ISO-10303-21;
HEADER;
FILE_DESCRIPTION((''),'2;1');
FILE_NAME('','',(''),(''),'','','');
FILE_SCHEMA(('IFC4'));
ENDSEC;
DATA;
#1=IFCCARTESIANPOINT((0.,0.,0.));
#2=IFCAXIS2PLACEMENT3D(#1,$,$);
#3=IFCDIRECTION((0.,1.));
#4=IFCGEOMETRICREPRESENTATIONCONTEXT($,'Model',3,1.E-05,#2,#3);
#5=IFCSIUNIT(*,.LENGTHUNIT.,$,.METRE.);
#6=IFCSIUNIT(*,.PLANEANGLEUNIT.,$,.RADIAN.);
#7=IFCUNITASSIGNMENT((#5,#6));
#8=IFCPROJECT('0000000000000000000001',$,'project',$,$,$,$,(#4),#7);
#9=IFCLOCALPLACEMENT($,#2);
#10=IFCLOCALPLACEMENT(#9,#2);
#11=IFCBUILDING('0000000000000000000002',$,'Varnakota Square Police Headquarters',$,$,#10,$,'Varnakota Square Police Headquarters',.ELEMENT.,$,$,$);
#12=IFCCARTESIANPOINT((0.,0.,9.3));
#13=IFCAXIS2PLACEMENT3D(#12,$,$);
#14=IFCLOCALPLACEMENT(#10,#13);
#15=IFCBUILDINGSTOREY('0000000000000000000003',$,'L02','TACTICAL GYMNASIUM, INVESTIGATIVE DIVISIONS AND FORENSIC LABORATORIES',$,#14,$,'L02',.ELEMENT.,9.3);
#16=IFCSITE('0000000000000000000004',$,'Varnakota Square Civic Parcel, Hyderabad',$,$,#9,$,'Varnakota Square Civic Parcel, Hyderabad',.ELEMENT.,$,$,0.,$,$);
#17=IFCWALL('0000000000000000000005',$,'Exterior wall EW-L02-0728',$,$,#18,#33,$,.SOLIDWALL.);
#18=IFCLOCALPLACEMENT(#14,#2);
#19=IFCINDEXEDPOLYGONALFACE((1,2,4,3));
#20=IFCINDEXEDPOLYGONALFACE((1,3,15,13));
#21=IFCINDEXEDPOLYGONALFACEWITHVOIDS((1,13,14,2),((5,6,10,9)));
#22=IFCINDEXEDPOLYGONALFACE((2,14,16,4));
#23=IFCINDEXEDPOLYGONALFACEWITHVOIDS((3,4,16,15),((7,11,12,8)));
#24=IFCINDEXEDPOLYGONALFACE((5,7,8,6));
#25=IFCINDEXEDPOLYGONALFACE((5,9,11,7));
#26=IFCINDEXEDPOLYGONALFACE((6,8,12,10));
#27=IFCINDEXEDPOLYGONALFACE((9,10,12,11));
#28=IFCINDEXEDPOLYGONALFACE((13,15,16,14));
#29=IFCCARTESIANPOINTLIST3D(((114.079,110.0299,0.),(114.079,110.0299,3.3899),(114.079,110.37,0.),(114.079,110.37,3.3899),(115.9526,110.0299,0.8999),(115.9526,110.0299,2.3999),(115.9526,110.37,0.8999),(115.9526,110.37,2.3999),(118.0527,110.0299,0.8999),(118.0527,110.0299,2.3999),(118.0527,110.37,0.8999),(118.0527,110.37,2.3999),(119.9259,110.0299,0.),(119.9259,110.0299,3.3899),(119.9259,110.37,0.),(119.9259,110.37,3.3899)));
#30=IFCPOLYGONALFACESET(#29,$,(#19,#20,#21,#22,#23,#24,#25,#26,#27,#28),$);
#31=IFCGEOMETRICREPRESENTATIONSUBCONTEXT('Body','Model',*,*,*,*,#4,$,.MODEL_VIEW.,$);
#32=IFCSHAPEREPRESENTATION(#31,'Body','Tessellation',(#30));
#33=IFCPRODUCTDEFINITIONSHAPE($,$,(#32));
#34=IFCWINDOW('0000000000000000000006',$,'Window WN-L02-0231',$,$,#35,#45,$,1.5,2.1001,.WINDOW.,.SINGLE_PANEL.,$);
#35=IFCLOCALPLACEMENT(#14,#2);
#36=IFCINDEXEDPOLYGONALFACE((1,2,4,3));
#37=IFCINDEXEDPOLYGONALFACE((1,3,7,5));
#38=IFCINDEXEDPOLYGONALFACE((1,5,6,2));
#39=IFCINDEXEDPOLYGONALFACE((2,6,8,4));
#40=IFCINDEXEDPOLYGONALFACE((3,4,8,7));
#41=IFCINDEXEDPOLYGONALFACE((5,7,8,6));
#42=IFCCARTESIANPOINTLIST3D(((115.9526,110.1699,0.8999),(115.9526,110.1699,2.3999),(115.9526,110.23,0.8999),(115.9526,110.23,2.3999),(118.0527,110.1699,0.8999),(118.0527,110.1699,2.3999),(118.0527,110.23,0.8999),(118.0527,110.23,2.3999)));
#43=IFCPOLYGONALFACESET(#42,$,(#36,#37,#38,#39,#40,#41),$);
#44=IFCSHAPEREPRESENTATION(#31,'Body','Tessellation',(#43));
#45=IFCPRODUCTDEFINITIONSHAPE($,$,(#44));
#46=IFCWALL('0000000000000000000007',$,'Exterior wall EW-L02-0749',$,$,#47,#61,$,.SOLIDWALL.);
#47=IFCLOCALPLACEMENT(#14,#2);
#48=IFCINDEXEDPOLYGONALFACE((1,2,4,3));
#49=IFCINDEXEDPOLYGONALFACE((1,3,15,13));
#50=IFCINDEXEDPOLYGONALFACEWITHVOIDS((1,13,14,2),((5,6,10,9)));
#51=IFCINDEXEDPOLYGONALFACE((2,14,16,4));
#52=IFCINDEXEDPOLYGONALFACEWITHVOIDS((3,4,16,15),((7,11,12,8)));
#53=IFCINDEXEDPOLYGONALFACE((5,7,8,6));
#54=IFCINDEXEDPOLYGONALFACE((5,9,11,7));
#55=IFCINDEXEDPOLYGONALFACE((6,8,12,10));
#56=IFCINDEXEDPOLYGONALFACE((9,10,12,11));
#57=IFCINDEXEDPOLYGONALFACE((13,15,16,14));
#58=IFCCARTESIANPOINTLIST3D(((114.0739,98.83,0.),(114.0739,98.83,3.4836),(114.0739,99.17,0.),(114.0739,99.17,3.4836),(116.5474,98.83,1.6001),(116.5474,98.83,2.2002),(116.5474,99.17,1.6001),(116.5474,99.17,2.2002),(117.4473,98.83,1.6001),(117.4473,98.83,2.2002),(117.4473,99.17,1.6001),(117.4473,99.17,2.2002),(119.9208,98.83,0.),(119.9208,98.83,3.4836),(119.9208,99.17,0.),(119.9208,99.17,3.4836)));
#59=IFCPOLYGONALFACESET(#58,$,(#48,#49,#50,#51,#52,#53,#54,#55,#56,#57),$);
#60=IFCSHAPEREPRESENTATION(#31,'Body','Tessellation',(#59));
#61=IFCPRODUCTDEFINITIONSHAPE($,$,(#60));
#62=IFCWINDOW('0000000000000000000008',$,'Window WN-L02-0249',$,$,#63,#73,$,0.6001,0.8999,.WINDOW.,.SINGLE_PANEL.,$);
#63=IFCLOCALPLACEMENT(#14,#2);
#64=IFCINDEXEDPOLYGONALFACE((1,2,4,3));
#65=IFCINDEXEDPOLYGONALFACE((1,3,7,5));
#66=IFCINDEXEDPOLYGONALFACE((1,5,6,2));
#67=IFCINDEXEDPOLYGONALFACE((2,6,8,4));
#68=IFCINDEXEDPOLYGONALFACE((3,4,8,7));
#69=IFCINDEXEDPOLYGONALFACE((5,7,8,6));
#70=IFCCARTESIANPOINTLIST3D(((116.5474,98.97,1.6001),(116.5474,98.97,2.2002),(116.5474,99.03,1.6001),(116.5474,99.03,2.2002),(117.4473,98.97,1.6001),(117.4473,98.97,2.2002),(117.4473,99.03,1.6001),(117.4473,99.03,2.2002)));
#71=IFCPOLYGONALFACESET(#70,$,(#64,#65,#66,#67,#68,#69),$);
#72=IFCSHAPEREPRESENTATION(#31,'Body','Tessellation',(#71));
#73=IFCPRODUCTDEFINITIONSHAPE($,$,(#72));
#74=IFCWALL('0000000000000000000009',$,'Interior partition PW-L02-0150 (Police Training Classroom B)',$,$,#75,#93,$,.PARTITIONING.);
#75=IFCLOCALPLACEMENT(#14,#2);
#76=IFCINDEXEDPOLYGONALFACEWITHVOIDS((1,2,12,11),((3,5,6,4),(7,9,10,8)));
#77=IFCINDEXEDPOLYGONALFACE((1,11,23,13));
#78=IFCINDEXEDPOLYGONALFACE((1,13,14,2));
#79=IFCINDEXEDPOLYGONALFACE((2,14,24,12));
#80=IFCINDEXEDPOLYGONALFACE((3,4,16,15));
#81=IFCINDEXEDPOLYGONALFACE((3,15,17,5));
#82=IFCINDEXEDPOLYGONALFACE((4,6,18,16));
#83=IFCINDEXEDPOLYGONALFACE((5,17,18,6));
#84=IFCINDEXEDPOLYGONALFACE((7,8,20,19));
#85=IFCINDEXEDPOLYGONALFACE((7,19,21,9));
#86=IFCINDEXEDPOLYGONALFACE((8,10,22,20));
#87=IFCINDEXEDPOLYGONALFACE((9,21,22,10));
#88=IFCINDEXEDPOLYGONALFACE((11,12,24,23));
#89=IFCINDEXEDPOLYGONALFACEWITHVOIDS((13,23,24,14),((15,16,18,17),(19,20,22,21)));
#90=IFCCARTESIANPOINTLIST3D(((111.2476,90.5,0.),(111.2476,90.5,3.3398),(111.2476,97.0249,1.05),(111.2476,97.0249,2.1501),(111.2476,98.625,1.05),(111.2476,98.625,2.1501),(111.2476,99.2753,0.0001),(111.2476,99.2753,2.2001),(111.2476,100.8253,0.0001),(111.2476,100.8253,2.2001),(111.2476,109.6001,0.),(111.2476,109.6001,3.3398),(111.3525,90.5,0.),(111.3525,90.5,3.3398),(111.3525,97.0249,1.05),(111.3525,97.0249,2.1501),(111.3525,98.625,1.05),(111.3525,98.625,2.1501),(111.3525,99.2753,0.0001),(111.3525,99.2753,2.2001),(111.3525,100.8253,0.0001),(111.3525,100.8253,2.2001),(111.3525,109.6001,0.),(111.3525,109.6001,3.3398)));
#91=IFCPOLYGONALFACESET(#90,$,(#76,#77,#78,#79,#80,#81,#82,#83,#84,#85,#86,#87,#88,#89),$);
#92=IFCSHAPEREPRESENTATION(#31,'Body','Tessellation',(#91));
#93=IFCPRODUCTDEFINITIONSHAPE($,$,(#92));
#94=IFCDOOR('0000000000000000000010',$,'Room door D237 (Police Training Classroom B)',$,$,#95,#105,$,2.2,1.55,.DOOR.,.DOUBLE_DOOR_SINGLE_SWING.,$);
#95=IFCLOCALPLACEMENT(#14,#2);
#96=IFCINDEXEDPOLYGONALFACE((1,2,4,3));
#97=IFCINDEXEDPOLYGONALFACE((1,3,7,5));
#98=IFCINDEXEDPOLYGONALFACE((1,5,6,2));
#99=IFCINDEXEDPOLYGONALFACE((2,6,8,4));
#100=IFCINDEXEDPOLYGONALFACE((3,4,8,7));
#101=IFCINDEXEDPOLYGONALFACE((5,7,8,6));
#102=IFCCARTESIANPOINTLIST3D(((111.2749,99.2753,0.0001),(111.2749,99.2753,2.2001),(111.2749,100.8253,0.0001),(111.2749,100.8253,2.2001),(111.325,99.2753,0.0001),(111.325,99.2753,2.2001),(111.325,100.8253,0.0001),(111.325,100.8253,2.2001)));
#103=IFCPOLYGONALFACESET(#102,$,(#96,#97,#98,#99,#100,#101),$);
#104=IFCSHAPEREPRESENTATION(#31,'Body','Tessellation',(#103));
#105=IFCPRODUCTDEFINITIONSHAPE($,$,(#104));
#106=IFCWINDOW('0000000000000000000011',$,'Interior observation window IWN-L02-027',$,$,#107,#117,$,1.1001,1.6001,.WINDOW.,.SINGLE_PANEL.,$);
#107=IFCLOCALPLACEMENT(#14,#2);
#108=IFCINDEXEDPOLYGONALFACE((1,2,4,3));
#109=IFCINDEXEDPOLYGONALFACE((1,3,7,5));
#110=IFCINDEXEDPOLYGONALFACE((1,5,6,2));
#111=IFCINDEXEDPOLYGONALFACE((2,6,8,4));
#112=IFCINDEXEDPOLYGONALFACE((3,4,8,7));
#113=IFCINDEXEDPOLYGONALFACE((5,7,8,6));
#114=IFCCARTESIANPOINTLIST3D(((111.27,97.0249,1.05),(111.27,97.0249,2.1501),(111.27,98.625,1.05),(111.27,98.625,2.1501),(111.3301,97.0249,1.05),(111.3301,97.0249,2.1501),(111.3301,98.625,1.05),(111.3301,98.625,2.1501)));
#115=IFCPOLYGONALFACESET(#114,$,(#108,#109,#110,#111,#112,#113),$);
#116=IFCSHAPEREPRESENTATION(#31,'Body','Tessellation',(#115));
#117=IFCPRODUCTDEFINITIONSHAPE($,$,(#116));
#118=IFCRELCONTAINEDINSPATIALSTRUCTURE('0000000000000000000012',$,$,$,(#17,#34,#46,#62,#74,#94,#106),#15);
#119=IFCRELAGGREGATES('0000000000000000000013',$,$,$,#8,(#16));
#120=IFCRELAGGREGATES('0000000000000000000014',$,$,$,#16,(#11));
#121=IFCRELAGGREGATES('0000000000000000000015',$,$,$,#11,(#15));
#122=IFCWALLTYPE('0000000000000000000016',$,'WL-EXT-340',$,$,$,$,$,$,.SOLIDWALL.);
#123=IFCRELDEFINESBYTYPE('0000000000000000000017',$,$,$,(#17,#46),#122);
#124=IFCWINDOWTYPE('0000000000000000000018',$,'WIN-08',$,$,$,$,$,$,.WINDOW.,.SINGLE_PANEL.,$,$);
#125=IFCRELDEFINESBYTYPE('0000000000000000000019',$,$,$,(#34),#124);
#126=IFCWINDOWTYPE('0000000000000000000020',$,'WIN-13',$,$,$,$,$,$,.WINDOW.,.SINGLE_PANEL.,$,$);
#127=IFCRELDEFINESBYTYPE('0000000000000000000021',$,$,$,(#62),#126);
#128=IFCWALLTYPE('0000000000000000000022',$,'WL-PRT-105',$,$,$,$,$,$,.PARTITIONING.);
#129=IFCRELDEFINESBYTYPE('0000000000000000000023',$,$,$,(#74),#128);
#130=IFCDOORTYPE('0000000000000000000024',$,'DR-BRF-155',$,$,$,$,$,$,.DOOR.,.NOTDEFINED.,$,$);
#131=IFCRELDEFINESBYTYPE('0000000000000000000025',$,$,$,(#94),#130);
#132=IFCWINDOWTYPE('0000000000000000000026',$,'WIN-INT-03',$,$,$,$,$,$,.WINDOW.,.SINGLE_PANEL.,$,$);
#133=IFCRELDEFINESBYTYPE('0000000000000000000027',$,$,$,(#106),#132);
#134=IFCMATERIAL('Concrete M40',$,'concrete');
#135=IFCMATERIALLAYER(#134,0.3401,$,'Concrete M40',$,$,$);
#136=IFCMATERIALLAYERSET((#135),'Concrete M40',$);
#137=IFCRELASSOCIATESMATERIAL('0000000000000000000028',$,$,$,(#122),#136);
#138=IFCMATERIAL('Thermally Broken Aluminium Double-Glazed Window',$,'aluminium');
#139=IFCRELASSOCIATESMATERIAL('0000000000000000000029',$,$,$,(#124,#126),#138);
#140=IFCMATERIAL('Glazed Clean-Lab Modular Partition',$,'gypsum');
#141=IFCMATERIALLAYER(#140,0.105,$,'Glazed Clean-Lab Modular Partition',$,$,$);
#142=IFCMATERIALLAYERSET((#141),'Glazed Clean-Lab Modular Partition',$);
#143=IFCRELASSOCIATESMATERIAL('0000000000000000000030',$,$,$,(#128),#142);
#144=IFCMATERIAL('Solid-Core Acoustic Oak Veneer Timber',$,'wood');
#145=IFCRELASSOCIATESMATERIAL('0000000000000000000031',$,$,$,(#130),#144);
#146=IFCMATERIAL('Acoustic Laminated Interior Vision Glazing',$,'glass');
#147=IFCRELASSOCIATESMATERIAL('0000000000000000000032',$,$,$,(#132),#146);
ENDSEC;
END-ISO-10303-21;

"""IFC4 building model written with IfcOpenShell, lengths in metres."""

from ifc_helpers import new_model, si_unit, direction, frame, frame_2d, origin, place, context, subcontext, project, spatial, rectangle, extrude, material, layer, layer_set, type_object, element, fill, save


model = new_model("IFC4")

# Units and contexts
model_context = context("Model", 3, precision=1e-05, world=origin(), true_north=direction((0.0, 1.0)))
body_context = subcontext(model_context, "Body", "Model", "MODEL_VIEW")
ifc_project = project(units=[si_unit("LENGTHUNIT", "METRE"), si_unit("PLANEANGLEUNIT", "RADIAN")], contexts=[model_context])

# Site, building, storey
site_placement = place(None, origin())
site = spatial("IfcSite", under=ifc_project, at=site_placement, Name="Varnakota Square Civic Parcel, Hyderabad", LongName="Varnakota Square Civic Parcel, Hyderabad", CompositionType="ELEMENT", RefElevation=0.0)
building_placement = place(site_placement, origin())
building = spatial("IfcBuilding", under=site, at=building_placement, Name="Varnakota Square Police Headquarters", LongName="Varnakota Square Police Headquarters", CompositionType="ELEMENT")
storey_placement = place(building_placement, frame((0.0, 0.0, 9.3)))
storey = spatial("IfcBuildingStorey", under=building, at=storey_placement, Name="L02", Description="TACTICAL GYMNASIUM, INVESTIGATIVE DIVISIONS AND FORENSIC LABORATORIES", LongName="L02", CompositionType="ELEMENT", Elevation=9.3)

# Walls, openings, windows
ifc_material_1 = material(Name="Concrete M40", Category="concrete")
ifc_layer_1 = layer(ifc_material_1, 0.3401, Name="Concrete M40")
ifc_layer_set_1 = layer_set([ifc_layer_1], Name="Concrete M40")
wall_type_1 = type_object("IfcWallType", Name="WL-EXT-340", PredefinedType="SOLIDWALL", material=ifc_layer_set_1)
ifc_material_2 = material(Name="Thermally Broken Aluminium Double-Glazed Window", Category="aluminium")
window_type_1 = type_object("IfcWindowType", Name="WIN-08", PartitioningType="SINGLE_PANEL", PredefinedType="WINDOW", material=ifc_material_2)
wall_1_placement = place(storey_placement, frame((114.0791, 110.2, 0.0), z_axis=(0.0, 0.0, 1.0), x_axis=(1.0, 0.0, 0.0)))
wall_1 = element("IfcWall", 1, at=wall_1_placement, inside=storey, type_object=wall_type_1, Name="Exterior wall EW-L02-0728", PredefinedType="SOLIDWALL", context=body_context, shape_type="SweptSolid", body=[
    extrude(rectangle(XDim=5.8469, YDim=0.3401, at=frame_2d((2.9233, 0.0))), origin(), (0.0, 0.0, 1.0), 3.3899),
])
opening_1_placement = place(wall_1_placement, frame((1.8735, 0.0, 0.8999)))
opening_1 = element("IfcOpeningElement", 2, at=opening_1_placement, cuts=wall_1, PredefinedType="OPENING", context=body_context, shape_type="SweptSolid", body=[
    extrude(rectangle(XDim=2.1001, YDim=1.5, at=frame_2d((1.05, 0.75))), frame((0.0, 0.1799, 0.0), z_axis=(0.0, -1.0, 0.0), x_axis=(1.0, 0.0, 0.0)), (0.0, 0.0, 1.0), 0.3601),
])
window_1_placement = place(opening_1_placement, origin())
window_1 = element("IfcWindow", 3, at=window_1_placement, inside=storey, type_object=window_type_1, Name="Window WN-L02-0231", OverallHeight=1.5, OverallWidth=2.1001, PartitioningType="SINGLE_PANEL", PredefinedType="WINDOW", context=body_context, shape_type="SweptSolid", body=[
    extrude(rectangle(XDim=2.1001, YDim=1.5, at=frame_2d((1.05, 0.75))), frame((0.0, 0.03, 0.0), z_axis=(0.0, -1.0, 0.0), x_axis=(1.0, 0.0, 0.0)), (0.0, 0.0, 1.0), 0.0601),
])
fill(opening_1, window_1)
wall_2_placement = place(storey_placement, frame((114.074, 99.0, 0.0), z_axis=(0.0, 0.0, 1.0), x_axis=(1.0, 0.0, 0.0)))
wall_2 = element("IfcWall", 4, at=wall_2_placement, inside=storey, type_object=wall_type_1, Name="Exterior wall EW-L02-0749", PredefinedType="SOLIDWALL", context=body_context, shape_type="SweptSolid", body=[
    extrude(rectangle(XDim=5.8469, YDim=0.3401, at=frame_2d((2.9233, 0.0))), origin(), (0.0, 0.0, 1.0), 3.4836),
])
opening_2_placement = place(wall_2_placement, frame((2.4734, 0.0, 1.6001)))
opening_2 = element("IfcOpeningElement", 5, at=opening_2_placement, cuts=wall_2, PredefinedType="OPENING", context=body_context, shape_type="SweptSolid", body=[
    extrude(rectangle(XDim=0.8999, YDim=0.6001, at=frame_2d((0.45, 0.3))), frame((0.0, 0.1799, 0.0), z_axis=(0.0, -1.0, 0.0), x_axis=(1.0, 0.0, 0.0)), (0.0, 0.0, 1.0), 0.3601),
])
window_type_2 = type_object("IfcWindowType", Name="WIN-13", PartitioningType="SINGLE_PANEL", PredefinedType="WINDOW", material=ifc_material_2)
window_2_placement = place(opening_2_placement, origin())
window_2 = element("IfcWindow", 6, at=window_2_placement, inside=storey, type_object=window_type_2, Name="Window WN-L02-0249", OverallHeight=0.6001, OverallWidth=0.8999, PartitioningType="SINGLE_PANEL", PredefinedType="WINDOW", context=body_context, shape_type="SweptSolid", body=[
    extrude(rectangle(XDim=0.8999, YDim=0.6001, at=frame_2d((0.45, 0.3))), frame((0.0, 0.03, 0.0), z_axis=(0.0, -1.0, 0.0), x_axis=(1.0, 0.0, 0.0)), (0.0, 0.0, 1.0), 0.0601),
])
fill(opening_2, window_2)

# Wall, openings, door, window
ifc_material_3 = material(Name="Glazed Clean-Lab Modular Partition", Category="gypsum")
ifc_layer_2 = layer(ifc_material_3, 0.105, Name="Glazed Clean-Lab Modular Partition")
ifc_layer_set_2 = layer_set([ifc_layer_2], Name="Glazed Clean-Lab Modular Partition")
wall_type_2 = type_object("IfcWallType", Name="WL-PRT-105", PredefinedType="PARTITIONING", material=ifc_layer_set_2)
wall_3_placement = place(storey_placement, frame((111.3, 109.6001, 0.0), z_axis=(0.0, 0.0, 1.0), x_axis=(0.0, -1.0, 0.0)))
wall_3 = element("IfcWall", 7, at=wall_3_placement, inside=storey, type_object=wall_type_2, Name="Interior partition PW-L02-0150 (Police Training Classroom B)", PredefinedType="PARTITIONING", context=body_context, shape_type="SweptSolid", body=[
    extrude(rectangle(XDim=19.1001, YDim=0.105, at=frame_2d((9.55, 0.0))), origin(), (0.0, 0.0, 1.0), 3.3398),
])
opening_3_placement = place(wall_3_placement, frame((8.7749, 0.0, 0.0)))
opening_3 = element("IfcOpeningElement", 8, at=opening_3_placement, cuts=wall_3, PredefinedType="OPENING", context=body_context, shape_type="SweptSolid", body=[
    extrude(rectangle(XDim=1.55, YDim=2.2, at=frame_2d((0.7749, 1.1001))), frame((0.0, 0.0625, 0.0), z_axis=(0.0, -1.0, 0.0), x_axis=(1.0, 0.0, 0.0)), (0.0, 0.0, 1.0), 0.125),
])
opening_4_placement = place(wall_3_placement, frame((10.9751, 0.0, 1.05)))
opening_4 = element("IfcOpeningElement", 9, at=opening_4_placement, cuts=wall_3, PredefinedType="OPENING", context=body_context, shape_type="SweptSolid", body=[
    extrude(rectangle(XDim=1.6001, YDim=1.1001, at=frame_2d((0.8, 0.55))), frame((0.0, 0.0625, 0.0), z_axis=(0.0, -1.0, 0.0), x_axis=(1.0, 0.0, 0.0)), (0.0, 0.0, 1.0), 0.125),
])
ifc_material_4 = material(Name="Solid-Core Acoustic Oak Veneer Timber", Category="wood")
door_type = type_object("IfcDoorType", Name="DR-BRF-155", OperationType="NOTDEFINED", PredefinedType="DOOR", material=ifc_material_4)
door_placement = place(opening_3_placement, origin())
door = element("IfcDoor", 10, at=door_placement, inside=storey, type_object=door_type, Name="Room door D237 (Police Training Classroom B)", OperationType="DOUBLE_DOOR_SINGLE_SWING", OverallHeight=2.2, OverallWidth=1.55, PredefinedType="DOOR", context=body_context, shape_type="SweptSolid", body=[
    extrude(rectangle(XDim=1.55, YDim=2.2, at=frame_2d((0.7749, 1.1001))), frame((0.0, 0.0249, 0.0), z_axis=(0.0, -1.0, 0.0), x_axis=(1.0, 0.0, 0.0)), (0.0, 0.0, 1.0), 0.05),
])
fill(opening_3, door)
ifc_material_5 = material(Name="Acoustic Laminated Interior Vision Glazing", Category="glass")
window_type_3 = type_object("IfcWindowType", Name="WIN-INT-03", PartitioningType="SINGLE_PANEL", PredefinedType="WINDOW", material=ifc_material_5)
window_3_placement = place(opening_4_placement, origin())
window_3 = element("IfcWindow", 11, at=window_3_placement, inside=storey, type_object=window_type_3, Name="Interior observation window IWN-L02-027", OverallHeight=1.1001, OverallWidth=1.6001, PartitioningType="SINGLE_PANEL", PredefinedType="WINDOW", context=body_context, shape_type="SweptSolid", body=[
    extrude(rectangle(XDim=1.6001, YDim=1.1001, at=frame_2d((0.8, 0.55))), frame((0.0, 0.03, 0.0), z_axis=(0.0, -1.0, 0.0), x_axis=(1.0, 0.0, 0.0)), (0.0, 0.0, 1.0), 0.0601),
])
fill(opening_4, window_3)

save(model, "model.ifc")
